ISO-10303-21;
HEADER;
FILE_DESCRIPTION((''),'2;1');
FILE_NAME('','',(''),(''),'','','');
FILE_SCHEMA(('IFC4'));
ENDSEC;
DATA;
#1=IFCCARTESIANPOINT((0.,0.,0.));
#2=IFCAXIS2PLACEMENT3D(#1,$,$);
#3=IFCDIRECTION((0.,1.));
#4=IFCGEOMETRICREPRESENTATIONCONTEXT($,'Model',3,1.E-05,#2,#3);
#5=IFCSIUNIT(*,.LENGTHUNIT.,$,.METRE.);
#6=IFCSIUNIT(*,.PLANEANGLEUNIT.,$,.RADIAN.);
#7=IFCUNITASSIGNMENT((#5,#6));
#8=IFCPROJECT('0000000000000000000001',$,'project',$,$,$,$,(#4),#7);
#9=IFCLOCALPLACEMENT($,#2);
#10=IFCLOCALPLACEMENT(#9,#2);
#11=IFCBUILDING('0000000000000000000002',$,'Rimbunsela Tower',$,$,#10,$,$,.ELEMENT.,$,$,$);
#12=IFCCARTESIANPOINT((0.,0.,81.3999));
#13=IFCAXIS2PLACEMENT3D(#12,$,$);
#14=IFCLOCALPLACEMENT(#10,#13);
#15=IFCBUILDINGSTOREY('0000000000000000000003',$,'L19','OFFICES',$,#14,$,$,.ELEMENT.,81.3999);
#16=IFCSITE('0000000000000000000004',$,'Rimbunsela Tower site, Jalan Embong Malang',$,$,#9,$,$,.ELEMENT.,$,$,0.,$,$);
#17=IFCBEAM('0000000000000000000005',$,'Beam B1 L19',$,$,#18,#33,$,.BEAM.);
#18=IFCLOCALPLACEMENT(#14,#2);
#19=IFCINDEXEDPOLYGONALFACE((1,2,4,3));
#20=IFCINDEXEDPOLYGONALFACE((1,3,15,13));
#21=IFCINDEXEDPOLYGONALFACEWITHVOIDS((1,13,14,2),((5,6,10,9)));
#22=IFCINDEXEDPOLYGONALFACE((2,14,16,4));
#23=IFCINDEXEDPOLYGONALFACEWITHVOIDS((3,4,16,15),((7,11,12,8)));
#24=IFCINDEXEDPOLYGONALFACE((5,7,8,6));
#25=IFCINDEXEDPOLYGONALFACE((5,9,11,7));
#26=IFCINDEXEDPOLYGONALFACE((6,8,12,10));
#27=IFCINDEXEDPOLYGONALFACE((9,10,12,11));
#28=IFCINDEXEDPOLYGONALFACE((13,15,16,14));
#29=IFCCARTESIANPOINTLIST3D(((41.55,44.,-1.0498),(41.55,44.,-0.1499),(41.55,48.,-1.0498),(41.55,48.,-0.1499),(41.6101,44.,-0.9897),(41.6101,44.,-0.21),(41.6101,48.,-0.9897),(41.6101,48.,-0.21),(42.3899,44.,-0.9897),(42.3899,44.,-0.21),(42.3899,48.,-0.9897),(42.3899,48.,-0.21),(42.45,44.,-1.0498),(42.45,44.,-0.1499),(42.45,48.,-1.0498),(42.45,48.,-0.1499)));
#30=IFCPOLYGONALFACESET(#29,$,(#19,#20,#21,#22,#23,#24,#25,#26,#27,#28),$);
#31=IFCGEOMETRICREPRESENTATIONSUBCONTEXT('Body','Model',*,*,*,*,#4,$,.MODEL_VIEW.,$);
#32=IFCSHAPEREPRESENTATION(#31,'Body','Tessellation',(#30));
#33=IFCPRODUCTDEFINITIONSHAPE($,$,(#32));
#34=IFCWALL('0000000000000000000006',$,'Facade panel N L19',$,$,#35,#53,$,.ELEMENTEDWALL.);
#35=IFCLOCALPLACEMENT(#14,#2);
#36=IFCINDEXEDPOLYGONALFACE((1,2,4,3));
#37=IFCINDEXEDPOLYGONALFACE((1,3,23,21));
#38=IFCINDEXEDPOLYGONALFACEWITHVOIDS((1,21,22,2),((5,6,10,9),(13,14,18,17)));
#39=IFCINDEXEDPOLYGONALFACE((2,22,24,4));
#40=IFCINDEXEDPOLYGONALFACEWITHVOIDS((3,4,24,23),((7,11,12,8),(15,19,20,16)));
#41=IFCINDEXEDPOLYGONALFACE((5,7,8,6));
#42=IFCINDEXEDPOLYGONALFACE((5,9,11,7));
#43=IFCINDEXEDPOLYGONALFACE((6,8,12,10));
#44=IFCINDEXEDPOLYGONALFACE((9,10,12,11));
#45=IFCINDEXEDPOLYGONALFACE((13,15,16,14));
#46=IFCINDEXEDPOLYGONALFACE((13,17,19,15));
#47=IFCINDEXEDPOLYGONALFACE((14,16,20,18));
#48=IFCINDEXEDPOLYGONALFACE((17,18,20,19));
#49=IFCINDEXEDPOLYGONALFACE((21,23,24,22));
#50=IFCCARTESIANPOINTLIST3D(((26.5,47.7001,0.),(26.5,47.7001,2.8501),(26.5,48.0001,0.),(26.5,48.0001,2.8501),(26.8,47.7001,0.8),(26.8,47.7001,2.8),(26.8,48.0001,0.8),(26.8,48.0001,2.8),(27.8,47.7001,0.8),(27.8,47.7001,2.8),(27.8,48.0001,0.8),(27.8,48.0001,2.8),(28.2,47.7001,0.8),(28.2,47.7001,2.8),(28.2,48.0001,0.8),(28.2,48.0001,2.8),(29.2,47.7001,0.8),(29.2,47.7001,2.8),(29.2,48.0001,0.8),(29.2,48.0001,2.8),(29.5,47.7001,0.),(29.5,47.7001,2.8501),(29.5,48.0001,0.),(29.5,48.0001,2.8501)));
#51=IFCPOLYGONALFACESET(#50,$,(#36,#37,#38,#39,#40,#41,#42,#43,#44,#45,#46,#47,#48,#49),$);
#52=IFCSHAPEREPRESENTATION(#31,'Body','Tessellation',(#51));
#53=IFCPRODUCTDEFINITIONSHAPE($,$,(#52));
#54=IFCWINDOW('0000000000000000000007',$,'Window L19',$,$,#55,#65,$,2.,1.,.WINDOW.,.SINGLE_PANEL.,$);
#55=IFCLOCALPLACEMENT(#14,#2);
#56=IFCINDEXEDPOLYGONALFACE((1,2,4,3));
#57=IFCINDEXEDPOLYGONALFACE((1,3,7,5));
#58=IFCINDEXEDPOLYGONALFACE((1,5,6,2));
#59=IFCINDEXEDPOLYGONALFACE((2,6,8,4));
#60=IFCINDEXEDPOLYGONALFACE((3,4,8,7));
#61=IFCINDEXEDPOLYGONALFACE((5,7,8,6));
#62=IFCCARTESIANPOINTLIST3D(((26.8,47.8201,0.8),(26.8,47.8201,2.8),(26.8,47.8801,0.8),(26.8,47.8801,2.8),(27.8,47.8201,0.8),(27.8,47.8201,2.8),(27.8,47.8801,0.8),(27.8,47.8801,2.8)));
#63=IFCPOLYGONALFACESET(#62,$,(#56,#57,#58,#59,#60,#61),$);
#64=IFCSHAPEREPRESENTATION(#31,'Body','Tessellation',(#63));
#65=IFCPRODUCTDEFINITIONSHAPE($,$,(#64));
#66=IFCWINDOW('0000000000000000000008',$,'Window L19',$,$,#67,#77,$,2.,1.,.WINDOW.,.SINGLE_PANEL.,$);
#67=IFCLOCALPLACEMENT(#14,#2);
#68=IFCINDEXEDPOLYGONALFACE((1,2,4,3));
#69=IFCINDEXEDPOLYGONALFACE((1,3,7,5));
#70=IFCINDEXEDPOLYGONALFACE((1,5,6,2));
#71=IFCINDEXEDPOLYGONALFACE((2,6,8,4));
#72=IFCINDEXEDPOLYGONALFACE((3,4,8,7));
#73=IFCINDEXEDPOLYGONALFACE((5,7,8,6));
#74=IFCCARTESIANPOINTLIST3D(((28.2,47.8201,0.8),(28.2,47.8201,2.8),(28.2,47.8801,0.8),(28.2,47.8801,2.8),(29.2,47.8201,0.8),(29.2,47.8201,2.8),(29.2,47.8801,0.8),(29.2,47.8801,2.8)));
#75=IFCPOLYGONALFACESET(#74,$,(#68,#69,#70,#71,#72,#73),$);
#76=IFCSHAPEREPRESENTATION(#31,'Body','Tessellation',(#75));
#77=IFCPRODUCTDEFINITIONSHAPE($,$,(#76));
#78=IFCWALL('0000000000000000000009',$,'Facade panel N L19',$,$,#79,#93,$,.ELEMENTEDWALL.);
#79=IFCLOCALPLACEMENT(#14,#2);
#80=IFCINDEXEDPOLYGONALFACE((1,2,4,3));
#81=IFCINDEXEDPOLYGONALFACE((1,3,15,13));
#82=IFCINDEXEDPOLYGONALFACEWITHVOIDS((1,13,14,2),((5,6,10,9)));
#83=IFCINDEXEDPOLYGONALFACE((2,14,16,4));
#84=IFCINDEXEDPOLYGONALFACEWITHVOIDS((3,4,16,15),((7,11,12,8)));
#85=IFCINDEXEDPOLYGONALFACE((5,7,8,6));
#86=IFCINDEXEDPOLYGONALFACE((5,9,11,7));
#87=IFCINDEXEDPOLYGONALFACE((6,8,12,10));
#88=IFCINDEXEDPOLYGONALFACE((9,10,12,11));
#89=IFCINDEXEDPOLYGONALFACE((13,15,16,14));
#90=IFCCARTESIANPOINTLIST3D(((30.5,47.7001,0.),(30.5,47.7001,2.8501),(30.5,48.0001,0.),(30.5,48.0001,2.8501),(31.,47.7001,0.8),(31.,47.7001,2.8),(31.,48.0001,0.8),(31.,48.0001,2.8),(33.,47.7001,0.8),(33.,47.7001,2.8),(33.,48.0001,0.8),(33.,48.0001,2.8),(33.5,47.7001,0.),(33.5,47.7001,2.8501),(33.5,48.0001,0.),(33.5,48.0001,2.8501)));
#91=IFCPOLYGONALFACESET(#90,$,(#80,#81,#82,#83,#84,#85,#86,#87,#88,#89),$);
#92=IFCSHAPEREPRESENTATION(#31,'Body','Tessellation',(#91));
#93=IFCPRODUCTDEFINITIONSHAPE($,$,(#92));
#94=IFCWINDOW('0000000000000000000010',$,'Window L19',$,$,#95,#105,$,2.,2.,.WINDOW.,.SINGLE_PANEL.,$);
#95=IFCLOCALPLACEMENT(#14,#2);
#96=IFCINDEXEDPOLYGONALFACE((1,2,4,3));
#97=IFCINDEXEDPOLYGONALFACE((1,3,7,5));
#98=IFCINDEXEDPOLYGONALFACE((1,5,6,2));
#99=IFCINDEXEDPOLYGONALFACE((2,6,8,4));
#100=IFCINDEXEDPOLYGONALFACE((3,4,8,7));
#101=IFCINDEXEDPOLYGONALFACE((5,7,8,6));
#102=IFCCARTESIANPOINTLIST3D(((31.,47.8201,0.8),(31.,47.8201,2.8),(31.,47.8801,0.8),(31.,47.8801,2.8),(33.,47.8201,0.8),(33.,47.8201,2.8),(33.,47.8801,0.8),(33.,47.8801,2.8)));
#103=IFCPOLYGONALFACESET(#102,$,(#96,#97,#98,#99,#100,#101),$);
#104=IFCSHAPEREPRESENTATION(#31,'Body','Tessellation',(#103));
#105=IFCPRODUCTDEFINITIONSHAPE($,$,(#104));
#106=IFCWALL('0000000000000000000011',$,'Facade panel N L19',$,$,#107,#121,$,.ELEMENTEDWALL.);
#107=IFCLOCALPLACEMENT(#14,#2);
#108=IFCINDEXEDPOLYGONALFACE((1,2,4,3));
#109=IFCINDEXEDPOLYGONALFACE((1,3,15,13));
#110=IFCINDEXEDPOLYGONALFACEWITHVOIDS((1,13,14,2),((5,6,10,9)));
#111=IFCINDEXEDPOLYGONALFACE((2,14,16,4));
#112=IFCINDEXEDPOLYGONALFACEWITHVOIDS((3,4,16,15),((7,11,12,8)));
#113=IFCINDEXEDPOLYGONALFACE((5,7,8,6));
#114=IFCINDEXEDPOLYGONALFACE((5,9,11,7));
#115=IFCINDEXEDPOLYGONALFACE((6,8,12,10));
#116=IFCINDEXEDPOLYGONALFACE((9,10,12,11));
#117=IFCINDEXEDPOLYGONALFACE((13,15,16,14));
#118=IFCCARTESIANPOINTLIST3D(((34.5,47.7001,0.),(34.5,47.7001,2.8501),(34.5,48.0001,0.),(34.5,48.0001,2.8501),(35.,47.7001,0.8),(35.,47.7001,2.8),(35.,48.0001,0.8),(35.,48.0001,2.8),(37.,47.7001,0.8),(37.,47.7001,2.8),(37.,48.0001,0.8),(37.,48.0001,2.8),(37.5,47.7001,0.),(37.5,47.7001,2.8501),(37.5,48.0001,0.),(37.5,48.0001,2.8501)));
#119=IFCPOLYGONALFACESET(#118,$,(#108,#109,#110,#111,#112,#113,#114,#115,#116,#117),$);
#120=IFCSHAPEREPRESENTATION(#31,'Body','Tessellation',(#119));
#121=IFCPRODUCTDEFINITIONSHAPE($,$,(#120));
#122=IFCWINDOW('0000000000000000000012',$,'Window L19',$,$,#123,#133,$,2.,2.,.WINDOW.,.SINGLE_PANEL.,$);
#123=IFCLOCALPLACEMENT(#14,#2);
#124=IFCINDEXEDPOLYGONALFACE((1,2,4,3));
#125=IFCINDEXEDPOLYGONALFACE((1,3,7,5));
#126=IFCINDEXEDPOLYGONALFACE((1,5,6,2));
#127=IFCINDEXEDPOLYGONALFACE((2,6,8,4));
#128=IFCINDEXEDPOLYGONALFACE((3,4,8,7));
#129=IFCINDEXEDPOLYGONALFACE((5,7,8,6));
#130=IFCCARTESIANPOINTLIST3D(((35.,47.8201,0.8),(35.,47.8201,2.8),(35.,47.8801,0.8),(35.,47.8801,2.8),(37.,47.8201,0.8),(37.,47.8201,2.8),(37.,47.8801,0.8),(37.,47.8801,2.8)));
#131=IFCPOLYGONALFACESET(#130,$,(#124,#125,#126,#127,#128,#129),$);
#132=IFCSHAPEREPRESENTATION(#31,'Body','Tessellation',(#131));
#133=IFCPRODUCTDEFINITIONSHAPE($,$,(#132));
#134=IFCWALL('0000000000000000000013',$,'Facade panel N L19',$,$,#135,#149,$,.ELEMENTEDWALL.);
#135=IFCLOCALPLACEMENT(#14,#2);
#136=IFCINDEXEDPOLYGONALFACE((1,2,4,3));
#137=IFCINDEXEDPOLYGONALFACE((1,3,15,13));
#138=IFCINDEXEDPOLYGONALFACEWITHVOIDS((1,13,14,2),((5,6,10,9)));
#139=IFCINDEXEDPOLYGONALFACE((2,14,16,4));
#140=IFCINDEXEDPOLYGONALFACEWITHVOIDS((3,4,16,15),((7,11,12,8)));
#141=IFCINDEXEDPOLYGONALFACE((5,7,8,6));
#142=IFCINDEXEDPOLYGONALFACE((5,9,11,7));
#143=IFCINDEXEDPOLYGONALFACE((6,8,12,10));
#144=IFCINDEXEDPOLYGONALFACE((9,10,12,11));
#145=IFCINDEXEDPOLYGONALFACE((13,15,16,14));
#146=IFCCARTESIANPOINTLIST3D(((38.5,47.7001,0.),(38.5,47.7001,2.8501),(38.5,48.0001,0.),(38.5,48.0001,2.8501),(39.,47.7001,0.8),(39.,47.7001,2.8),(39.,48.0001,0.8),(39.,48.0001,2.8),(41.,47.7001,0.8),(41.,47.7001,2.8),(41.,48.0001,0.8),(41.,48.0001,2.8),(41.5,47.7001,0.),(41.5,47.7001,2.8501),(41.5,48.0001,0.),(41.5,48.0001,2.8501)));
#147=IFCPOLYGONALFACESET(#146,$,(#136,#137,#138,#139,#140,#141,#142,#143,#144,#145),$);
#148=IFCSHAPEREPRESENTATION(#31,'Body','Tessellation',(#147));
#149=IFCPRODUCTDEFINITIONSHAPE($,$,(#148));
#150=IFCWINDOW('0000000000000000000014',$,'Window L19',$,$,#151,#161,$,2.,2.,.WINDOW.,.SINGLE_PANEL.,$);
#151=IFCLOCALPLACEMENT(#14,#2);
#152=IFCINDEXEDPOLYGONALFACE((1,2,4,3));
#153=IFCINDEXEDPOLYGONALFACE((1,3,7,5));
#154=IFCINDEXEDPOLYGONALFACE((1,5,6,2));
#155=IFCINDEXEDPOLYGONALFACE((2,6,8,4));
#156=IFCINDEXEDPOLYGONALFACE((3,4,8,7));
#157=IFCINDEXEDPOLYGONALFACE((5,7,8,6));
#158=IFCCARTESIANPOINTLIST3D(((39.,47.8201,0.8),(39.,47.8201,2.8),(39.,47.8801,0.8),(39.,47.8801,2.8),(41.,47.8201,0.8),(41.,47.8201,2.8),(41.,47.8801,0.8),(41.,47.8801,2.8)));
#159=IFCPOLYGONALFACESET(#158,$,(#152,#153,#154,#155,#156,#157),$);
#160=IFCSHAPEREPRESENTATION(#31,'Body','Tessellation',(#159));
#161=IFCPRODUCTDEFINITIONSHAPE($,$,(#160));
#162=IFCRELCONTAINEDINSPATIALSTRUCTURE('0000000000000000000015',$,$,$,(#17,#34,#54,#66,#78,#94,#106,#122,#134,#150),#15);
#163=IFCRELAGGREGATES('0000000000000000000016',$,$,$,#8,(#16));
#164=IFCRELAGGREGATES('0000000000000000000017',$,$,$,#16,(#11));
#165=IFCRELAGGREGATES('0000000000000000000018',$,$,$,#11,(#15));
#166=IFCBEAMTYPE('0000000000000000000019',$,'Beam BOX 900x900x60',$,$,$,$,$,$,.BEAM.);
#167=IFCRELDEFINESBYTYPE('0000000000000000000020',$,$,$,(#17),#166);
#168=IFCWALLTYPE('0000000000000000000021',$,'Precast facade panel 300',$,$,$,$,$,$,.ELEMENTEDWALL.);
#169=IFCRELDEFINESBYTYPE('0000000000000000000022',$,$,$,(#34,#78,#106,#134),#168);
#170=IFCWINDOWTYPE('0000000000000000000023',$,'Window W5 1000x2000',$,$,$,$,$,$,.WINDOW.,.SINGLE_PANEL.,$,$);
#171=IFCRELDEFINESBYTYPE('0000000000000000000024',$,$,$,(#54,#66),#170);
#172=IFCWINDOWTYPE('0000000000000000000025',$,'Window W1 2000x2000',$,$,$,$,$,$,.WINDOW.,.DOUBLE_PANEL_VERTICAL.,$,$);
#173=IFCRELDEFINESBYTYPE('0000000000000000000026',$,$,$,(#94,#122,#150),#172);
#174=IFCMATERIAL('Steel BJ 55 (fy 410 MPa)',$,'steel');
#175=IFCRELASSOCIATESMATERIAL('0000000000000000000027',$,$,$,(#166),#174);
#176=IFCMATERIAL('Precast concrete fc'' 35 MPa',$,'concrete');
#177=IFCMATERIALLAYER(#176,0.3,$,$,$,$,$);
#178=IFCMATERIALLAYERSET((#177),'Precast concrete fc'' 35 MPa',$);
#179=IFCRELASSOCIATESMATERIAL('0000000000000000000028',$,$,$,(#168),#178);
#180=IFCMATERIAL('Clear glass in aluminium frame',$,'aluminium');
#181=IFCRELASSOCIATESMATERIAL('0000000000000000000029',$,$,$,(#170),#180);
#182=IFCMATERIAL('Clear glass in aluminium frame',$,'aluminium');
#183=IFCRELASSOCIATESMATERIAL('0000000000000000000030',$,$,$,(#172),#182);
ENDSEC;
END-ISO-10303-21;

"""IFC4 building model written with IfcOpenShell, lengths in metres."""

from ifc_helpers import new_model, si_unit, direction, frame, frame_2d, origin, origin_2d, place, context, subcontext, project, spatial, rectangle, hollow_rectangle, extrude, material, layer, layer_set, material_profile, profile_set, type_object, element, fill, save


model = new_model("IFC4")

# Units and contexts
model_context = context("Model", 3, precision=1e-05, world=origin(), true_north=direction((0.0, 1.0)))
body_context = subcontext(model_context, "Body", "Model", "MODEL_VIEW")
ifc_project = project(units=[si_unit("LENGTHUNIT", "METRE"), si_unit("PLANEANGLEUNIT", "RADIAN")], contexts=[model_context])

# Site, building, storey
site_placement = place(None, origin())
site = spatial("IfcSite", under=ifc_project, at=site_placement, Name="Rimbunsela Tower site, Jalan Embong Malang", CompositionType="ELEMENT", RefElevation=0.0)
building_placement = place(site_placement, origin())
building = spatial("IfcBuilding", under=site, at=building_placement, Name="Rimbunsela Tower", CompositionType="ELEMENT")
storey_placement = place(building_placement, frame((0.0, 0.0, 81.3999)))
storey = spatial("IfcBuildingStorey", under=building, at=storey_placement, Name="L19", Description="OFFICES", CompositionType="ELEMENT", Elevation=81.3999)

# Beam
ifc_material_1 = material(Name="Steel BJ 55 (fy 410 MPa)", Category="steel")
ifc_material_profile_1 = material_profile(ifc_material_1, hollow_rectangle(XDim=0.8999, YDim=0.8999, WallThickness=0.0601, at=origin_2d()), Name="BOX 900x900x60")
ifc_profile_set_1 = profile_set([ifc_material_profile_1], Name="Steel BJ 55 (fy 410 MPa)")
beam_type_1 = type_object("IfcBeamType", Name="Beam BOX 900x900x60", PredefinedType="BEAM", material=ifc_profile_set_1)
for number, where, z_axis, x_axis, name in (
    (1, (42.0, 44.0, -0.5999), (0.0, 1.0, 0.0), (-1.0, 0.0, 0.0), "Beam B1 L19"),
):
    element("IfcBeam", number, at=place(storey_placement, frame(where, z_axis=z_axis, x_axis=x_axis)), inside=storey, type_object=beam_type_1, Name=name, PredefinedType="BEAM", context=body_context, shape_type="SweptSolid", body=[
        extrude(hollow_rectangle(XDim=0.8999, YDim=0.8999, WallThickness=0.0601, at=origin_2d()), origin(), (0.0, 0.0, 1.0), 4.0),
    ])

# Wall, openings, windows
ifc_material_2 = material(Name="Precast concrete fc' 35 MPa", Category="concrete")
ifc_layer_1 = layer(ifc_material_2, 0.3)
ifc_layer_set_1 = layer_set([ifc_layer_1], Name="Precast concrete fc' 35 MPa")
wall_type_1 = type_object("IfcWallType", Name="Precast facade panel 300", PredefinedType="ELEMENTEDWALL", material=ifc_layer_set_1)
wall_1_placement = place(storey_placement, frame((29.5, 47.8501, 0.0), z_axis=(0.0, 0.0, 1.0), x_axis=(-1.0, 0.0, 0.0)))
wall_1 = element("IfcWall", 2, at=wall_1_placement, inside=storey, type_object=wall_type_1, Name="Facade panel N L19", PredefinedType="ELEMENTEDWALL", context=body_context, shape_type="SweptSolid", body=[
    extrude(rectangle(XDim=3.0, YDim=0.3, at=frame_2d((1.5, 0.0))), origin(), (0.0, 0.0, 1.0), 2.8501),
])
opening_1_placement = place(wall_1_placement, frame((1.7, 0.0, 0.8)))
opening_1 = element("IfcOpeningElement", 3, at=opening_1_placement, cuts=wall_1, PredefinedType="OPENING", context=body_context, shape_type="SweptSolid", body=[
    extrude(rectangle(XDim=1.0, YDim=2.0, at=frame_2d((0.5, 1.0))), frame((0.0, 0.1599, 0.0), z_axis=(0.0, -1.0, 0.0), x_axis=(1.0, 0.0, 0.0)), (0.0, 0.0, 1.0), 0.3201),
])
opening_2_placement = place(wall_1_placement, frame((0.3, 0.0, 0.8)))
opening_2 = element("IfcOpeningElement", 4, at=opening_2_placement, cuts=wall_1, PredefinedType="OPENING", context=body_context, shape_type="SweptSolid", body=[
    extrude(rectangle(XDim=1.0, YDim=2.0, at=frame_2d((0.5, 1.0))), frame((0.0, 0.1599, 0.0), z_axis=(0.0, -1.0, 0.0), x_axis=(1.0, 0.0, 0.0)), (0.0, 0.0, 1.0), 0.3201),
])
ifc_material_3 = material(Name="Clear glass in aluminium frame", Category="aluminium")
window_type_1 = type_object("IfcWindowType", Name="Window W5 1000x2000", PartitioningType="SINGLE_PANEL", PredefinedType="WINDOW", material=ifc_material_3)
window_1_placement = place(opening_1_placement, origin())
window_1 = element("IfcWindow", 5, at=window_1_placement, inside=storey, type_object=window_type_1, Name="Window L19", OverallHeight=2.0, OverallWidth=1.0, PartitioningType="SINGLE_PANEL", PredefinedType="WINDOW", context=body_context, shape_type="SweptSolid", body=[
    extrude(rectangle(XDim=1.0, YDim=2.0, at=frame_2d((0.5, 1.0))), frame((0.0, 0.03, 0.0), z_axis=(0.0, -1.0, 0.0), x_axis=(1.0, 0.0, 0.0)), (0.0, 0.0, 1.0), 0.0601),
])
fill(opening_1, window_1)
window_2_placement = place(opening_2_placement, origin())
window_2 = element("IfcWindow", 6, at=window_2_placement, inside=storey, type_object=window_type_1, Name="Window L19", OverallHeight=2.0, OverallWidth=1.0, PartitioningType="SINGLE_PANEL", PredefinedType="WINDOW", context=body_context, shape_type="SweptSolid", body=[
    extrude(rectangle(XDim=1.0, YDim=2.0, at=frame_2d((0.5, 1.0))), frame((0.0, 0.03, 0.0), z_axis=(0.0, -1.0, 0.0), x_axis=(1.0, 0.0, 0.0)), (0.0, 0.0, 1.0), 0.0601),
])
fill(opening_2, window_2)

# Walls, openings, windows
wall_2_placement = place(storey_placement, frame((33.5, 47.8501, 0.0), z_axis=(0.0, 0.0, 1.0), x_axis=(-1.0, 0.0, 0.0)))
wall_2 = element("IfcWall", 7, at=wall_2_placement, inside=storey, type_object=wall_type_1, Name="Facade panel N L19", PredefinedType="ELEMENTEDWALL", context=body_context, shape_type="SweptSolid", body=[
    extrude(rectangle(XDim=3.0, YDim=0.3, at=frame_2d((1.5, 0.0))), origin(), (0.0, 0.0, 1.0), 2.8501),
])
opening_3_placement = place(wall_2_placement, frame((0.5, 0.0, 0.8)))
opening_3 = element("IfcOpeningElement", 8, at=opening_3_placement, cuts=wall_2, PredefinedType="OPENING", context=body_context, shape_type="SweptSolid", body=[
    extrude(rectangle(XDim=2.0, YDim=2.0, at=frame_2d((1.0, 1.0))), frame((0.0, 0.1599, 0.0), z_axis=(0.0, -1.0, 0.0), x_axis=(1.0, 0.0, 0.0)), (0.0, 0.0, 1.0), 0.3201),
])
ifc_material_4 = material(Name="Clear glass in aluminium frame", Category="aluminium")
window_type_2 = type_object("IfcWindowType", Name="Window W1 2000x2000", PartitioningType="DOUBLE_PANEL_VERTICAL", PredefinedType="WINDOW", material=ifc_material_4)
window_3_placement = place(opening_3_placement, origin())
window_3 = element("IfcWindow", 9, at=window_3_placement, inside=storey, type_object=window_type_2, Name="Window L19", OverallHeight=2.0, OverallWidth=2.0, PartitioningType="SINGLE_PANEL", PredefinedType="WINDOW", context=body_context, shape_type="SweptSolid", body=[
    extrude(rectangle(XDim=2.0, YDim=2.0, at=frame_2d((1.0, 1.0))), frame((0.0, 0.03, 0.0), z_axis=(0.0, -1.0, 0.0), x_axis=(1.0, 0.0, 0.0)), (0.0, 0.0, 1.0), 0.0601),
])
fill(opening_3, window_3)
wall_3_placement = place(storey_placement, frame((37.5, 47.8501, 0.0), z_axis=(0.0, 0.0, 1.0), x_axis=(-1.0, 0.0, 0.0)))
wall_3 = element("IfcWall", 10, at=wall_3_placement, inside=storey, type_object=wall_type_1, Name="Facade panel N L19", PredefinedType="ELEMENTEDWALL", context=body_context, shape_type="SweptSolid", body=[
    extrude(rectangle(XDim=3.0, YDim=0.3, at=frame_2d((1.5, 0.0))), origin(), (0.0, 0.0, 1.0), 2.8501),
])
opening_4_placement = place(wall_3_placement, frame((0.5, 0.0, 0.8)))
opening_4 = element("IfcOpeningElement", 11, at=opening_4_placement, cuts=wall_3, PredefinedType="OPENING", context=body_context, shape_type="SweptSolid", body=[
    extrude(rectangle(XDim=2.0, YDim=2.0, at=frame_2d((1.0, 1.0))), frame((0.0, 0.1599, 0.0), z_axis=(0.0, -1.0, 0.0), x_axis=(1.0, 0.0, 0.0)), (0.0, 0.0, 1.0), 0.3201),
])
window_4_placement = place(opening_4_placement, origin())
window_4 = element("IfcWindow", 12, at=window_4_placement, inside=storey, type_object=window_type_2, Name="Window L19", OverallHeight=2.0, OverallWidth=2.0, PartitioningType="SINGLE_PANEL", PredefinedType="WINDOW", context=body_context, shape_type="SweptSolid", body=[
    extrude(rectangle(XDim=2.0, YDim=2.0, at=frame_2d((1.0, 1.0))), frame((0.0, 0.03, 0.0), z_axis=(0.0, -1.0, 0.0), x_axis=(1.0, 0.0, 0.0)), (0.0, 0.0, 1.0), 0.0601),
])
fill(opening_4, window_4)
wall_4_placement = place(storey_placement, frame((41.5, 47.8501, 0.0), z_axis=(0.0, 0.0, 1.0), x_axis=(-1.0, 0.0, 0.0)))
wall_4 = element("IfcWall", 13, at=wall_4_placement, inside=storey, type_object=wall_type_1, Name="Facade panel N L19", PredefinedType="ELEMENTEDWALL", context=body_context, shape_type="SweptSolid", body=[
    extrude(rectangle(XDim=3.0, YDim=0.3, at=frame_2d((1.5, 0.0))), origin(), (0.0, 0.0, 1.0), 2.8501),
])
opening_5_placement = place(wall_4_placement, frame((0.5, 0.0, 0.8)))
opening_5 = element("IfcOpeningElement", 14, at=opening_5_placement, cuts=wall_4, PredefinedType="OPENING", context=body_context, shape_type="SweptSolid", body=[
    extrude(rectangle(XDim=2.0, YDim=2.0, at=frame_2d((1.0, 1.0))), frame((0.0, 0.1599, 0.0), z_axis=(0.0, -1.0, 0.0), x_axis=(1.0, 0.0, 0.0)), (0.0, 0.0, 1.0), 0.3201),
])
window_5_placement = place(opening_5_placement, origin())
window_5 = element("IfcWindow", 15, at=window_5_placement, inside=storey, type_object=window_type_2, Name="Window L19", OverallHeight=2.0, OverallWidth=2.0, PartitioningType="SINGLE_PANEL", PredefinedType="WINDOW", context=body_context, shape_type="SweptSolid", body=[
    extrude(rectangle(XDim=2.0, YDim=2.0, at=frame_2d((1.0, 1.0))), frame((0.0, 0.03, 0.0), z_axis=(0.0, -1.0, 0.0), x_axis=(1.0, 0.0, 0.0)), (0.0, 0.0, 1.0), 0.0601),
])
fill(opening_5, window_5)

save(model, "model.ifc")
